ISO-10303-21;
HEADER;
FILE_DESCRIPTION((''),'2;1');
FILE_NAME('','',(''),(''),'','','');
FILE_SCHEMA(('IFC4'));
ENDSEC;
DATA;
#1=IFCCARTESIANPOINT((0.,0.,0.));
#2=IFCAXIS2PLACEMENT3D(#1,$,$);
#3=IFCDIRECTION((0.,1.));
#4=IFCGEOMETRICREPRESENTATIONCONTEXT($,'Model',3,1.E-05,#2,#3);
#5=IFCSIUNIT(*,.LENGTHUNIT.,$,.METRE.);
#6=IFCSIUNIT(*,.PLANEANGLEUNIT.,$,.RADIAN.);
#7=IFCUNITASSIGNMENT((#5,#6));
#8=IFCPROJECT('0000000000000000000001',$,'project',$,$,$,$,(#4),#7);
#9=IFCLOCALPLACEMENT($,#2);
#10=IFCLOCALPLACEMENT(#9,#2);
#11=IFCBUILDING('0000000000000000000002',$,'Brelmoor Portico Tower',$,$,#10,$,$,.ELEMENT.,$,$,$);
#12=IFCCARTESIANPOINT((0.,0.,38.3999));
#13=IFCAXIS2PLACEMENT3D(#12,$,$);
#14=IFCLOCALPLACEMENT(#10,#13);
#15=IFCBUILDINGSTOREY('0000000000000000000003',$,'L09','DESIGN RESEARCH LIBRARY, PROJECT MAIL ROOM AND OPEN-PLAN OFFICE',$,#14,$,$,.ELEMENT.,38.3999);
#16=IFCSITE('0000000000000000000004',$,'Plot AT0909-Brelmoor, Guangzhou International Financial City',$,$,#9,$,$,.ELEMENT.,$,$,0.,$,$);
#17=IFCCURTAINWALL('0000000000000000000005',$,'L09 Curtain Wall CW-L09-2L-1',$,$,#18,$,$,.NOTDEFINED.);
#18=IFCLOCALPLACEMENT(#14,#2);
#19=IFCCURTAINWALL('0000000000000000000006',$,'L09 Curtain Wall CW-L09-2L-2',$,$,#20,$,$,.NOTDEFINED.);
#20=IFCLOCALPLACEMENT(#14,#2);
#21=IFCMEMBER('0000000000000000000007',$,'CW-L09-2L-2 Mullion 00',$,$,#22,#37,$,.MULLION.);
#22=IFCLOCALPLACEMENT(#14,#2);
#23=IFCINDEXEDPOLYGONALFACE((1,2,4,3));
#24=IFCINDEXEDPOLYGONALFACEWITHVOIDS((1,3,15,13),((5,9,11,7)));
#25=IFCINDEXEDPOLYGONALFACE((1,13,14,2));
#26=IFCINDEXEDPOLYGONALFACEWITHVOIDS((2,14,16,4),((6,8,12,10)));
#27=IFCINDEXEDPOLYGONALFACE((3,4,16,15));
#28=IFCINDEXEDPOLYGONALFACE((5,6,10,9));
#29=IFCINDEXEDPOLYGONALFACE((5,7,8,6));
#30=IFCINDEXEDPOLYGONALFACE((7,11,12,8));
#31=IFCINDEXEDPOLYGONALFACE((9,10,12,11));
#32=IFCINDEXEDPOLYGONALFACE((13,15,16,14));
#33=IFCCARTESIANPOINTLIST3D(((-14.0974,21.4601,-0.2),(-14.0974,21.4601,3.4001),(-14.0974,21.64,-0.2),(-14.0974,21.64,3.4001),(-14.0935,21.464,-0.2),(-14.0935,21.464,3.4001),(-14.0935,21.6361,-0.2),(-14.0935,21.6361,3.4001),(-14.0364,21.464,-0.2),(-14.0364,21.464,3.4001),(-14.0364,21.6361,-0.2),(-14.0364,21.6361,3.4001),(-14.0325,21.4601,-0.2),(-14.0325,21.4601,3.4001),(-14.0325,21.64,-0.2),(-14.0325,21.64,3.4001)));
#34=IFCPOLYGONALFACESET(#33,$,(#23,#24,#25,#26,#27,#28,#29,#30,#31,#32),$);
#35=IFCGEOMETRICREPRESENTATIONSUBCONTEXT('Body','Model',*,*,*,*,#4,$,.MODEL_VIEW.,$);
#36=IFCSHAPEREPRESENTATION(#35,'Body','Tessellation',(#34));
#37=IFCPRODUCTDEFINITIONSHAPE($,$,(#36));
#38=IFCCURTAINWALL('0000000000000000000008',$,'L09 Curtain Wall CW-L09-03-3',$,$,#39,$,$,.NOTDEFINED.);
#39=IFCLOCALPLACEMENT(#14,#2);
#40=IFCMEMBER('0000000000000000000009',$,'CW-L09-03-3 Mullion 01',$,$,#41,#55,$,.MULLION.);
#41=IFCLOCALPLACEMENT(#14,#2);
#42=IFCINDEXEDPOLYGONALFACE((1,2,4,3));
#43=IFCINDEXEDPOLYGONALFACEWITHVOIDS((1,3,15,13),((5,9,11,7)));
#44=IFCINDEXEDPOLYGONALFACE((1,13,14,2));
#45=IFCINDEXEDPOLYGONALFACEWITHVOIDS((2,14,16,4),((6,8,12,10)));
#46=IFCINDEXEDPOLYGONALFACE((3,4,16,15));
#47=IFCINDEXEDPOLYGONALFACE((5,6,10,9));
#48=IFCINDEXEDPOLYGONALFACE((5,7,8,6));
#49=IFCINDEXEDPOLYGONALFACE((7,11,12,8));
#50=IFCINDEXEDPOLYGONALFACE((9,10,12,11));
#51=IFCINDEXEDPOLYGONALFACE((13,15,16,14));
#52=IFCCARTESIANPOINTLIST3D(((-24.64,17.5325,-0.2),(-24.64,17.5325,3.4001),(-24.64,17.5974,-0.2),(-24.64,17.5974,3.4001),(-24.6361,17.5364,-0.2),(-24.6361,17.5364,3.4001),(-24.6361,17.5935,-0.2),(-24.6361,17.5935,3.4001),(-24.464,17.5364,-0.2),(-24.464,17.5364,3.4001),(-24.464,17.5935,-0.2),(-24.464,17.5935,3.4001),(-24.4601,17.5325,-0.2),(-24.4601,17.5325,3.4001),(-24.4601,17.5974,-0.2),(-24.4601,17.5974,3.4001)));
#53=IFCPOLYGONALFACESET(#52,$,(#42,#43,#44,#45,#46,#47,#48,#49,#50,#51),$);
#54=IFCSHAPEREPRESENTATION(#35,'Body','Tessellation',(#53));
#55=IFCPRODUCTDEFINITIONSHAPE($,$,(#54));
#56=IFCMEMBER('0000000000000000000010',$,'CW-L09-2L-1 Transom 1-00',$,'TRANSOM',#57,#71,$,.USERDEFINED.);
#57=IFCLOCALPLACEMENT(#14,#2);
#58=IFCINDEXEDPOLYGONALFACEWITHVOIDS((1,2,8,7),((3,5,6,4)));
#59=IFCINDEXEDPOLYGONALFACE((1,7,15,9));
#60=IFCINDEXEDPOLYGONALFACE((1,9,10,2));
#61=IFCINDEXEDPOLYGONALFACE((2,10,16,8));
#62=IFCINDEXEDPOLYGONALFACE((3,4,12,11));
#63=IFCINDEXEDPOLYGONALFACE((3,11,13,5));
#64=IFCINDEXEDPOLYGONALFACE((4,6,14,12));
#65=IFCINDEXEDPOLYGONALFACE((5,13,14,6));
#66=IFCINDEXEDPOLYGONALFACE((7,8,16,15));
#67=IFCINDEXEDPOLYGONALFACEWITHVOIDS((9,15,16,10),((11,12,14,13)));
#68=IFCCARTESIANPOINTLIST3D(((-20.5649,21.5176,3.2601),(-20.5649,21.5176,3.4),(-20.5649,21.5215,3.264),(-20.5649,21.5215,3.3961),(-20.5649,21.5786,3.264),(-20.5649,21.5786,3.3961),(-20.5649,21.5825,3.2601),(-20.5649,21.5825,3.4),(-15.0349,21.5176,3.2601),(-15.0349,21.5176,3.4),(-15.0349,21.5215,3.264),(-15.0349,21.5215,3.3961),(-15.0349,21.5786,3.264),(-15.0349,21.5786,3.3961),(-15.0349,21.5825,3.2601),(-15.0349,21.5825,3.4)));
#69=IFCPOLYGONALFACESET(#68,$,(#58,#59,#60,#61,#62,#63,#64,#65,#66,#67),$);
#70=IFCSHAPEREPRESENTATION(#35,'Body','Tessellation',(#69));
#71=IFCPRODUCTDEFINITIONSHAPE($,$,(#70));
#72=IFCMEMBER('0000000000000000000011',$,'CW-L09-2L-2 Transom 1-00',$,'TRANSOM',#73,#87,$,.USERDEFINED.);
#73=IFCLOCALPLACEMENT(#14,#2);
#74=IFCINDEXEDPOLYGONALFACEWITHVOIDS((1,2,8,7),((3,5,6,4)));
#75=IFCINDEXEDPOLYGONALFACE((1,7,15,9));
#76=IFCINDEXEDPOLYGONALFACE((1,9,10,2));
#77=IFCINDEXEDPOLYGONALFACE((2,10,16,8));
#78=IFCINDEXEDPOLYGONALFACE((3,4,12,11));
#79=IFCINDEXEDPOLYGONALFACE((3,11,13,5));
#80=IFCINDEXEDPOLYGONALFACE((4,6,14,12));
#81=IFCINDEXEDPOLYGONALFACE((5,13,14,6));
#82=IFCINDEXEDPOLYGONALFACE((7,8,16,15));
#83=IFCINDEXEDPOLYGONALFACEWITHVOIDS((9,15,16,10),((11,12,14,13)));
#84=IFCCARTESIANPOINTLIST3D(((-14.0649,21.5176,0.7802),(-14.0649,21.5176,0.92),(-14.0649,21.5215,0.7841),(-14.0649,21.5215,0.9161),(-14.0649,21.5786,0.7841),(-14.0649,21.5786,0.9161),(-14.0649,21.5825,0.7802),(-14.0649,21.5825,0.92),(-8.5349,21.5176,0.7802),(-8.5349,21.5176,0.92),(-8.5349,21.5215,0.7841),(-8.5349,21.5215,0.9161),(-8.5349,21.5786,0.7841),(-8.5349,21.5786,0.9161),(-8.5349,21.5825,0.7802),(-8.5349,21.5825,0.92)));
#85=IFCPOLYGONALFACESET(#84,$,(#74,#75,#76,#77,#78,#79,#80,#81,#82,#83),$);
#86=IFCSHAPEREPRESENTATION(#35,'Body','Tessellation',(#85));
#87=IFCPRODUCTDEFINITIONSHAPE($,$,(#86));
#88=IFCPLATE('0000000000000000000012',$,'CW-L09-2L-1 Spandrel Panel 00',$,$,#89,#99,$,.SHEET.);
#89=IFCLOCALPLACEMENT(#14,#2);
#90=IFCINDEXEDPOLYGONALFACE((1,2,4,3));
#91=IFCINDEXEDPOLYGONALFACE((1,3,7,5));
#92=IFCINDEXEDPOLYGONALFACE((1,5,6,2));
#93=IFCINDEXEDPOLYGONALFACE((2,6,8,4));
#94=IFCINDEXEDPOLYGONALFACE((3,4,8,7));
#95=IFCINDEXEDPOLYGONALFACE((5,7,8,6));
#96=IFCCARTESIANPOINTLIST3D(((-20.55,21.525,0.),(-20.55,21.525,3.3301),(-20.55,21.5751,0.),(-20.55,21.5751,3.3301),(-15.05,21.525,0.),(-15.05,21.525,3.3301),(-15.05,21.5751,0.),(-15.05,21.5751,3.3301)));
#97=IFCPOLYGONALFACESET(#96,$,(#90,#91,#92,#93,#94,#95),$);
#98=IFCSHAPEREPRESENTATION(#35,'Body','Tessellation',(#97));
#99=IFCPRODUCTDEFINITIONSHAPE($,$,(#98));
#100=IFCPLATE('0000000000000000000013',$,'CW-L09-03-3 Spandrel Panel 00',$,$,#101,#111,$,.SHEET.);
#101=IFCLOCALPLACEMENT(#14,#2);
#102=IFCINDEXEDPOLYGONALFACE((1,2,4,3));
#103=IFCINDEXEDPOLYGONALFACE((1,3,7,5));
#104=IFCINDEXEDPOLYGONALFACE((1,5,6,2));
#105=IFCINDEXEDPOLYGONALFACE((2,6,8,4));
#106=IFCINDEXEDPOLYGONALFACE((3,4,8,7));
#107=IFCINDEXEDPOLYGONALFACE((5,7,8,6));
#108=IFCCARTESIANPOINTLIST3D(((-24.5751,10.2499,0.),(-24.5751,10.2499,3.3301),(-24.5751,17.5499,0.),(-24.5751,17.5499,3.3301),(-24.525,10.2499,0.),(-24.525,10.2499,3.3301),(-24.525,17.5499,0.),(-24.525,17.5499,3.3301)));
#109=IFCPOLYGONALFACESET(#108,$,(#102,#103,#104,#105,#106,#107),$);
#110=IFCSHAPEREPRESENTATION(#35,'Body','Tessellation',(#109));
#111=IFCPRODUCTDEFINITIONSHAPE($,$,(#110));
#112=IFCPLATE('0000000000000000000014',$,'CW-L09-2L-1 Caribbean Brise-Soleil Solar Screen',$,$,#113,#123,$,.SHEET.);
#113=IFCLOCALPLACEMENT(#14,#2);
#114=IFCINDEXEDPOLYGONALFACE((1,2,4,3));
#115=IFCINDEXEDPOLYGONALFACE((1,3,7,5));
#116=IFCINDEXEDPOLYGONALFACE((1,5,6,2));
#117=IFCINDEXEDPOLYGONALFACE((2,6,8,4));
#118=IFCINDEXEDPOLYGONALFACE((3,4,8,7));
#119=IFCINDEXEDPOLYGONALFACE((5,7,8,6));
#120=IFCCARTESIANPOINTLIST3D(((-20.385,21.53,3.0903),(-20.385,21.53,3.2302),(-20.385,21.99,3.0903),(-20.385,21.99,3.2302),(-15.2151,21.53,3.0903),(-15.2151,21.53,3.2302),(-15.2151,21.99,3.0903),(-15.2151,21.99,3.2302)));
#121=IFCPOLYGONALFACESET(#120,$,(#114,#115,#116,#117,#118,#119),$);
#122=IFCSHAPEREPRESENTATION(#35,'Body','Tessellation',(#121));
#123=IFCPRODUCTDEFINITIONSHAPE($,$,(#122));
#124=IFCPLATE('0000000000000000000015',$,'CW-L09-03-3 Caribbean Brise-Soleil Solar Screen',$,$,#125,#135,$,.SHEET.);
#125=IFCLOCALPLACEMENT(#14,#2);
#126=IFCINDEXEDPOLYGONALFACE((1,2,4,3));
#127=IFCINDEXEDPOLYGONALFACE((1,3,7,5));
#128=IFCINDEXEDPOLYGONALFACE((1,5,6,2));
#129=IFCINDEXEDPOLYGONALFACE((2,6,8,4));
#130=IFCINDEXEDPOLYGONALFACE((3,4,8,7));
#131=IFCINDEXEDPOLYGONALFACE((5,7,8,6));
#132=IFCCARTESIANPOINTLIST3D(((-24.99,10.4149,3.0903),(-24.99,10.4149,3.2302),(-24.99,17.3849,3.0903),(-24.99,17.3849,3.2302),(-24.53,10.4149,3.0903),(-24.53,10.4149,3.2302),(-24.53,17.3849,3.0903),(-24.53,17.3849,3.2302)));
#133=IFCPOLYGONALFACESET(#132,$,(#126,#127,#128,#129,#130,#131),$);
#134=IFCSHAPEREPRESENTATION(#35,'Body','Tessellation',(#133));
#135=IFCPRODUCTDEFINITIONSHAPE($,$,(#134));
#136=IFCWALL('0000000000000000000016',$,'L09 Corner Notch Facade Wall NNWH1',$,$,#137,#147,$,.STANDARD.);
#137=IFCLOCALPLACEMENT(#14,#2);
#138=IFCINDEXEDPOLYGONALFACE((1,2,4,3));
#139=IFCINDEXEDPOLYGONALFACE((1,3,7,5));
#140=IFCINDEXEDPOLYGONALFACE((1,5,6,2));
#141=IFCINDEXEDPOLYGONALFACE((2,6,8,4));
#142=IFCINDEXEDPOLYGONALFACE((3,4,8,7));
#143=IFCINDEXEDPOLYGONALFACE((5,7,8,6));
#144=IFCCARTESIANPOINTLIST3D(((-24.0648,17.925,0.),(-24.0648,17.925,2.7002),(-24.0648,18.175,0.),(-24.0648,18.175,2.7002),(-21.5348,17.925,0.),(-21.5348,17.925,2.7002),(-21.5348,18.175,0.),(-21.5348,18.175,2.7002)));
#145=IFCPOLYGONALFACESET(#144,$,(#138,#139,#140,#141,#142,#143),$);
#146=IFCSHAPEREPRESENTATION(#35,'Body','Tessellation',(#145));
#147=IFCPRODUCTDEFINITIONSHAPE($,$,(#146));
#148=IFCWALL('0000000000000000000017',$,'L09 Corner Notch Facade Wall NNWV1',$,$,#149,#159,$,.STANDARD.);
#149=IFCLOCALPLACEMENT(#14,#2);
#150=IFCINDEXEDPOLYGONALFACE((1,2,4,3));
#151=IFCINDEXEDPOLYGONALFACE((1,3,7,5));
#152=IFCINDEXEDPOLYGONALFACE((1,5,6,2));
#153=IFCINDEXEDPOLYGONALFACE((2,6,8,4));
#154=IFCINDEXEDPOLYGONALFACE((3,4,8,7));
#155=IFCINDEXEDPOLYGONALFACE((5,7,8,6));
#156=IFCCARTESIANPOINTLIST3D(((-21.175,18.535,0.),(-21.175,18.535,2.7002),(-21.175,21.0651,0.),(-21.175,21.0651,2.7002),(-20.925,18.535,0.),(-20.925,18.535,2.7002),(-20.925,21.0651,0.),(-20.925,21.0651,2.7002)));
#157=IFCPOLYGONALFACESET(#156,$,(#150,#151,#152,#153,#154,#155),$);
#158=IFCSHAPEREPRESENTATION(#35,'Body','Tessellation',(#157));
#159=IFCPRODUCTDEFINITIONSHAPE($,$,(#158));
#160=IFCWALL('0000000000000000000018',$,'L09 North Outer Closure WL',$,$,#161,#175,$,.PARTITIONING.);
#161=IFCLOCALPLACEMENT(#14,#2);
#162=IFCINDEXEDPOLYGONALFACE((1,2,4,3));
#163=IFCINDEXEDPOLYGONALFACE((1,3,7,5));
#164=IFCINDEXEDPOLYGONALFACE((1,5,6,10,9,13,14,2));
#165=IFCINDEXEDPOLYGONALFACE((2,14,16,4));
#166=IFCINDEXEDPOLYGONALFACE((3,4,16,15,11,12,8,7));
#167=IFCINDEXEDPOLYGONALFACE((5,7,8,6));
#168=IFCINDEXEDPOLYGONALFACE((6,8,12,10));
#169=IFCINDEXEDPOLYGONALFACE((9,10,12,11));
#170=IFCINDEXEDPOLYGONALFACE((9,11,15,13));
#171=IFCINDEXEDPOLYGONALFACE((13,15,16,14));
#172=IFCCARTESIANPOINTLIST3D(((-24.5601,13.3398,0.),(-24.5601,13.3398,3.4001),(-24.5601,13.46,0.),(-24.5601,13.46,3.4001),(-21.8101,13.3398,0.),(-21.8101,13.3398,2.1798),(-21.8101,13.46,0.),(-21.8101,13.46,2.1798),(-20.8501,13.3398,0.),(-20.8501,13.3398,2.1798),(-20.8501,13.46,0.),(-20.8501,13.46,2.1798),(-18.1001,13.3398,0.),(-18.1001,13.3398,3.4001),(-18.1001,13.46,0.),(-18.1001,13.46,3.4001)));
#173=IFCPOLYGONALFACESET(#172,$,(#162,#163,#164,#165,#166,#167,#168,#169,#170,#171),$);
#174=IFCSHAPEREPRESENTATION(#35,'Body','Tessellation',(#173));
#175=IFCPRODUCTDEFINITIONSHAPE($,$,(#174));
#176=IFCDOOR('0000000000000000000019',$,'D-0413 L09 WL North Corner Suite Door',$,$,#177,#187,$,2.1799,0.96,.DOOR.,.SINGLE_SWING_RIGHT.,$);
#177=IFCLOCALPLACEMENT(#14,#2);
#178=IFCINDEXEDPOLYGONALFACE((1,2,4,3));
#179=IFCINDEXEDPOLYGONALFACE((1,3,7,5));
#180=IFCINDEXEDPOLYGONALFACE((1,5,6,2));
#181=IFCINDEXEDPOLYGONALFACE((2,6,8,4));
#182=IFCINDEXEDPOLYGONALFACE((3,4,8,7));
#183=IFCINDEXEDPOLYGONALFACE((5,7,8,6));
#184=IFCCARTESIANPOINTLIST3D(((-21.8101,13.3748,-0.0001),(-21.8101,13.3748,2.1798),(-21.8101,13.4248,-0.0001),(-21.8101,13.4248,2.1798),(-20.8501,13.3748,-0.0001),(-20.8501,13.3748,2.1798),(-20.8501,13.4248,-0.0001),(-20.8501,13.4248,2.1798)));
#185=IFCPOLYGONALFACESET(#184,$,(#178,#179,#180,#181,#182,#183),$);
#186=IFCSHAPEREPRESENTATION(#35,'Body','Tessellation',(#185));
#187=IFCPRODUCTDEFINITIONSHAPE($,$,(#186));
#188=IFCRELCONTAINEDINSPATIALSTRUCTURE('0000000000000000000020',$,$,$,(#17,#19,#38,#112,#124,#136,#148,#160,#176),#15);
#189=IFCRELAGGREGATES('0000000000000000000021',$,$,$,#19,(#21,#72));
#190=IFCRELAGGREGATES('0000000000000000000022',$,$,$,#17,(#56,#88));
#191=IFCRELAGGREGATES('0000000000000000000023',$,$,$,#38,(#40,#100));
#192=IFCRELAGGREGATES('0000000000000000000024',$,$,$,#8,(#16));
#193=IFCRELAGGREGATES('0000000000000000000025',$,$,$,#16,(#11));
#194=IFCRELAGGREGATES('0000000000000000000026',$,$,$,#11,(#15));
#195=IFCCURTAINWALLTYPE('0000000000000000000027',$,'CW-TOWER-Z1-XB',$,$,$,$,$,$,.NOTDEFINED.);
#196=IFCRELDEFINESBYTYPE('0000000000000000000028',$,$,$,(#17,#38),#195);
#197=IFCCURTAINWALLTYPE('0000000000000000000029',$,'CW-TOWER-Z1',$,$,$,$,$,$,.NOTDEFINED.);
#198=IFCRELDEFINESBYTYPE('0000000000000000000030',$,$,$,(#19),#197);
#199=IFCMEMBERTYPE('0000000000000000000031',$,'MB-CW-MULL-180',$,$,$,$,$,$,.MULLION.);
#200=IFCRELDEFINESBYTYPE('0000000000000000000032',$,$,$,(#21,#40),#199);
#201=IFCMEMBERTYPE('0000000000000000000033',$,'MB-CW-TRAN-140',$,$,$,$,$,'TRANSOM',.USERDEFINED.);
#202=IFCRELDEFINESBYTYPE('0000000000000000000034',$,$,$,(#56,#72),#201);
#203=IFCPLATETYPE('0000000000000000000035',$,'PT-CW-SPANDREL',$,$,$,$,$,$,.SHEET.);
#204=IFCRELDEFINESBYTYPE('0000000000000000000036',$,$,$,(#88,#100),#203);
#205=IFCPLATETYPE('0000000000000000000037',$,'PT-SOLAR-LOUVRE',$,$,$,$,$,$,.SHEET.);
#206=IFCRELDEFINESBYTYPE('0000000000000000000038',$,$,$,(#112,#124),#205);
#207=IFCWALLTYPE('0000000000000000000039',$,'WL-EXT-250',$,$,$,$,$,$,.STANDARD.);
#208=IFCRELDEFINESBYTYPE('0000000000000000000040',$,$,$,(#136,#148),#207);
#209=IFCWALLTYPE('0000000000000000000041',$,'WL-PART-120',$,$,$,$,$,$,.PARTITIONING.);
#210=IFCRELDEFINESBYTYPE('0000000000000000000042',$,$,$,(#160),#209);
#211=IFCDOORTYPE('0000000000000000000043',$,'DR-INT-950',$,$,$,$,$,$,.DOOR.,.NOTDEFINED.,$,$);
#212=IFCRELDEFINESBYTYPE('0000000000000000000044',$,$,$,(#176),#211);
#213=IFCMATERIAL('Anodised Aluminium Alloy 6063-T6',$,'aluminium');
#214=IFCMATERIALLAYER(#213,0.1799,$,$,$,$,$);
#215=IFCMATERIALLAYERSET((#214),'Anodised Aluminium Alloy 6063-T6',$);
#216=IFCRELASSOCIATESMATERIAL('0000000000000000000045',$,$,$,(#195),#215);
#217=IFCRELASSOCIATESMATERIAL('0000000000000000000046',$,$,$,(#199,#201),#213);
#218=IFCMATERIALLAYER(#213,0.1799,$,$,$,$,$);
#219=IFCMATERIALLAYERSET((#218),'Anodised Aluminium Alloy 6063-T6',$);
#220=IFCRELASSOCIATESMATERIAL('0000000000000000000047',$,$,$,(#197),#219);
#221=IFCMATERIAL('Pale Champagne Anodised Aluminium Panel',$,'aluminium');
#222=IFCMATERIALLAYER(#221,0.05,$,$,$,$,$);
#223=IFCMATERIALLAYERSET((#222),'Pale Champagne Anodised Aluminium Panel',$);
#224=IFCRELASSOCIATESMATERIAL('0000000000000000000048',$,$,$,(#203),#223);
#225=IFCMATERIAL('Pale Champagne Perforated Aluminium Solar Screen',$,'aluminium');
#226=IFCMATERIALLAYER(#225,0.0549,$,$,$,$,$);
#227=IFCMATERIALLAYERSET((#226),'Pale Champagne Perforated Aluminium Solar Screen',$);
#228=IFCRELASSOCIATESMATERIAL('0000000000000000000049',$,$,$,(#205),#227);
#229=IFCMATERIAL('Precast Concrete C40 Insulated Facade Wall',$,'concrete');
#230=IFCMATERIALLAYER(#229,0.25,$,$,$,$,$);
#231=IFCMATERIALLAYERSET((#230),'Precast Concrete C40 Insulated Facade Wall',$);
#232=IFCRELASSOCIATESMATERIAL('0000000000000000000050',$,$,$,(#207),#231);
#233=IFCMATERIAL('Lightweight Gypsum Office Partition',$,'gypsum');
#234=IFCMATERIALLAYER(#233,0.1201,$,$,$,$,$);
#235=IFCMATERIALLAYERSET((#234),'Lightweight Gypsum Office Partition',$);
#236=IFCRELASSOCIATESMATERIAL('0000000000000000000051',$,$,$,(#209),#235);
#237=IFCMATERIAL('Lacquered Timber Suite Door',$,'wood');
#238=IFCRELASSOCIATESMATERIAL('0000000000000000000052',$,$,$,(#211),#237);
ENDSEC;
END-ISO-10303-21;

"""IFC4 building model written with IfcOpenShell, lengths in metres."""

from ifc_helpers import new_model, si_unit, direction, frame, frame_2d, origin, origin_2d, place, context, subcontext, project, spatial, rectangle, hollow_rectangle, extrude, material, layer, layer_set, material_profile, profile_set, type_object, element, fill, aggregate, save


model = new_model("IFC4")

# Units and contexts
model_context = context("Model", 3, precision=1e-05, world=origin(), true_north=direction((0.0, 1.0)))
body_context = subcontext(model_context, "Body", "Model", "MODEL_VIEW")
ifc_project = project(units=[si_unit("LENGTHUNIT", "METRE"), si_unit("PLANEANGLEUNIT", "RADIAN")], contexts=[model_context])

# Site, building, storey
site_placement = place(None, origin())
site = spatial("IfcSite", under=ifc_project, at=site_placement, Name="Plot AT0909-Brelmoor, Guangzhou International Financial City", CompositionType="ELEMENT", RefElevation=0.0)
building_placement = place(site_placement, origin())
building = spatial("IfcBuilding", under=site, at=building_placement, Name="Brelmoor Portico Tower", CompositionType="ELEMENT")
storey_placement = place(building_placement, frame((0.0, 0.0, 38.3999)))
storey = spatial("IfcBuildingStorey", under=building, at=storey_placement, Name="L09", Description="DESIGN RESEARCH LIBRARY, PROJECT MAIL ROOM AND OPEN-PLAN OFFICE", CompositionType="ELEMENT", Elevation=38.3999)

# Curtain wall
ifc_material_1 = material(Name="Anodised Aluminium Alloy 6063-T6", Category="aluminium")
ifc_layer_1 = layer(ifc_material_1, 0.1799)
ifc_layer_set_1 = layer_set([ifc_layer_1], Name="Anodised Aluminium Alloy 6063-T6")
curtain_wall_type_1 = type_object("IfcCurtainWallType", Name="CW-TOWER-Z1-XB", PredefinedType="NOTDEFINED", material=ifc_layer_set_1)
curtain_wall_1_placement = place(storey_placement, origin())
curtain_wall_1 = element("IfcCurtainWall", 1, at=curtain_wall_1_placement, inside=storey, type_object=curtain_wall_type_1, Name="L09 Curtain Wall CW-L09-2L-1", PredefinedType="NOTDEFINED")
ifc_material_profile_1 = material_profile(ifc_material_1, hollow_rectangle(XDim=0.0649, YDim=0.1799, WallThickness=0.0039, at=origin_2d()), Name="ALU MULLION 65x180")
ifc_profile_set_1 = profile_set([ifc_material_profile_1], Name="Anodised Aluminium Alloy 6063-T6")
member_type_1 = type_object("IfcMemberType", Name="MB-CW-MULL-180", PredefinedType="MULLION", material=ifc_profile_set_1)

# Curtain walls, members
ifc_layer_2 = layer(ifc_material_1, 0.1799)
ifc_layer_set_2 = layer_set([ifc_layer_2], Name="Anodised Aluminium Alloy 6063-T6")
curtain_wall_type_2 = type_object("IfcCurtainWallType", Name="CW-TOWER-Z1", PredefinedType="NOTDEFINED", material=ifc_layer_set_2)
curtain_wall_2_placement = place(storey_placement, origin())
curtain_wall_2 = element("IfcCurtainWall", 2, at=curtain_wall_2_placement, inside=storey, type_object=curtain_wall_type_2, Name="L09 Curtain Wall CW-L09-2L-2", PredefinedType="NOTDEFINED")
member_1_placement = place(storey_placement, frame((-14.0649, 21.55, -0.2), z_axis=(0.0, 0.0, 1.0), x_axis=(1.0, 0.0, 0.0)))
member_1 = element("IfcMember", 3, at=member_1_placement, type_object=member_type_1, Name="CW-L09-2L-2 Mullion 00", PredefinedType="MULLION", context=body_context, shape_type="SweptSolid", body=[
    extrude(hollow_rectangle(XDim=0.0649, YDim=0.1799, WallThickness=0.0039, at=origin_2d()), origin(), (0.0, 0.0, 1.0), 3.6001),
])
curtain_wall_3_placement = place(storey_placement, origin())
curtain_wall_3 = element("IfcCurtainWall", 4, at=curtain_wall_3_placement, inside=storey, type_object=curtain_wall_type_1, Name="L09 Curtain Wall CW-L09-03-3", PredefinedType="NOTDEFINED")
member_2_placement = place(storey_placement, frame((-24.55, 17.5649, -0.2), z_axis=(0.0, 0.0, 1.0), x_axis=(0.0, 1.0, 0.0)))
member_2 = element("IfcMember", 5, at=member_2_placement, type_object=member_type_1, Name="CW-L09-03-3 Mullion 01", PredefinedType="MULLION", context=body_context, shape_type="SweptSolid", body=[
    extrude(hollow_rectangle(XDim=0.0649, YDim=0.1799, WallThickness=0.0039, at=origin_2d()), origin(), (0.0, 0.0, 1.0), 3.6001),
])

# Members
ifc_material_profile_2 = material_profile(ifc_material_1, hollow_rectangle(XDim=0.0649, YDim=0.1399, WallThickness=0.0039, at=origin_2d()), Name="ALU TRANSOM 65x140")
ifc_profile_set_2 = profile_set([ifc_material_profile_2], Name="Anodised Aluminium Alloy 6063-T6")
member_type_2 = type_object("IfcMemberType", Name="MB-CW-TRAN-140", ElementType="TRANSOM", PredefinedType="USERDEFINED", material=ifc_profile_set_2)
member_3_placement = place(storey_placement, frame((-20.5649, 21.55, 3.3301), z_axis=(1.0, 0.0, 0.0), x_axis=(0.0, 1.0, 0.0)))
member_3 = element("IfcMember", 6, at=member_3_placement, type_object=member_type_2, Name="CW-L09-2L-1 Transom 1-00", ObjectType="TRANSOM", PredefinedType="USERDEFINED", context=body_context, shape_type="SweptSolid", body=[
    extrude(hollow_rectangle(XDim=0.0649, YDim=0.1399, WallThickness=0.0039, at=origin_2d()), origin(), (0.0, 0.0, 1.0), 5.53),
])
member_4_placement = place(storey_placement, frame((-14.0649, 21.55, 0.8501), z_axis=(1.0, 0.0, 0.0), x_axis=(0.0, 1.0, 0.0)))
member_4 = element("IfcMember", 7, at=member_4_placement, type_object=member_type_2, Name="CW-L09-2L-2 Transom 1-00", ObjectType="TRANSOM", PredefinedType="USERDEFINED", context=body_context, shape_type="SweptSolid", body=[
    extrude(hollow_rectangle(XDim=0.0649, YDim=0.1399, WallThickness=0.0039, at=origin_2d()), origin(), (0.0, 0.0, 1.0), 5.53),
])
aggregate(curtain_wall_2, [member_1, member_4])

# Plates
ifc_material_2 = material(Name="Pale Champagne Anodised Aluminium Panel", Category="aluminium")
ifc_layer_3 = layer(ifc_material_2, 0.05)
ifc_layer_set_3 = layer_set([ifc_layer_3], Name="Pale Champagne Anodised Aluminium Panel")
plate_type_1 = type_object("IfcPlateType", Name="PT-CW-SPANDREL", PredefinedType="SHEET", material=ifc_layer_set_3)
plate_1_placement = place(storey_placement, frame((-17.8, 21.55, 0.0), z_axis=(0.0, 0.0, 1.0), x_axis=(1.0, 0.0, 0.0)))
plate_1 = element("IfcPlate", 8, at=plate_1_placement, type_object=plate_type_1, Name="CW-L09-2L-1 Spandrel Panel 00", PredefinedType="SHEET", context=body_context, shape_type="SweptSolid", body=[
    extrude(rectangle(XDim=5.5, YDim=0.05, at=origin_2d()), origin(), (0.0, 0.0, 1.0), 3.3301),
])
aggregate(curtain_wall_1, [member_3, plate_1])
plate_2_placement = place(storey_placement, frame((-24.55, 13.8999, 0.0), z_axis=(0.0, 0.0, 1.0), x_axis=(0.0, 1.0, 0.0)))
plate_2 = element("IfcPlate", 9, at=plate_2_placement, type_object=plate_type_1, Name="CW-L09-03-3 Spandrel Panel 00", PredefinedType="SHEET", context=body_context, shape_type="SweptSolid", body=[
    extrude(rectangle(XDim=7.3, YDim=0.05, at=origin_2d()), origin(), (0.0, 0.0, 1.0), 3.3301),
])
aggregate(curtain_wall_3, [member_2, plate_2])

# Plates
ifc_material_3 = material(Name="Pale Champagne Perforated Aluminium Solar Screen", Category="aluminium")
ifc_layer_4 = layer(ifc_material_3, 0.0549)
ifc_layer_set_4 = layer_set([ifc_layer_4], Name="Pale Champagne Perforated Aluminium Solar Screen")
plate_type_2 = type_object("IfcPlateType", Name="PT-SOLAR-LOUVRE", PredefinedType="SHEET", material=ifc_layer_set_4)
plate_3_placement = place(storey_placement, frame((-17.8, 21.76, 3.0903), z_axis=(0.0, 0.0, 1.0), x_axis=(1.0, 0.0, 0.0)))
element("IfcPlate", 10, at=plate_3_placement, inside=storey, type_object=plate_type_2, Name="CW-L09-2L-1 Caribbean Brise-Soleil Solar Screen", PredefinedType="SHEET", context=body_context, shape_type="SweptSolid", body=[
    extrude(rectangle(XDim=5.1699, YDim=0.46, at=origin_2d()), origin(), (0.0, 0.0, 1.0), 0.1399),
])
plate_4_placement = place(storey_placement, frame((-24.76, 13.8999, 3.0903), z_axis=(0.0, 0.0, 1.0), x_axis=(0.0, 1.0, 0.0)))
element("IfcPlate", 11, at=plate_4_placement, inside=storey, type_object=plate_type_2, Name="CW-L09-03-3 Caribbean Brise-Soleil Solar Screen", PredefinedType="SHEET", context=body_context, shape_type="SweptSolid", body=[
    extrude(rectangle(XDim=6.97, YDim=0.46, at=origin_2d()), origin(), (0.0, 0.0, 1.0), 0.1399),
])

# Walls
ifc_material_4 = material(Name="Precast Concrete C40 Insulated Facade Wall", Category="concrete")
ifc_layer_5 = layer(ifc_material_4, 0.25)
ifc_layer_set_5 = layer_set([ifc_layer_5], Name="Precast Concrete C40 Insulated Facade Wall")
wall_type_1 = type_object("IfcWallType", Name="WL-EXT-250", PredefinedType="STANDARD", material=ifc_layer_set_5)
for number, where, z_axis, x_axis, name in (
    (12, (-24.0649, 18.05, 0.0), (0.0, 0.0, 1.0), (1.0, 0.0, 0.0), "L09 Corner Notch Facade Wall NNWH1"),
    (13, (-21.05, 18.5349, 0.0), (0.0, 0.0, 1.0), (0.0, 1.0, 0.0), "L09 Corner Notch Facade Wall NNWV1"),
):
    element("IfcWall", number, at=place(storey_placement, frame(where, z_axis=z_axis, x_axis=x_axis)), inside=storey, type_object=wall_type_1, Name=name, PredefinedType="STANDARD", context=body_context, shape_type="SweptSolid", body=[
        extrude(rectangle(XDim=2.53, YDim=0.25, at=frame_2d((1.2651, 0.0))), origin(), (0.0, 0.0, 1.0), 2.7002),
    ])

# Wall, opening, door
ifc_material_5 = material(Name="Lightweight Gypsum Office Partition", Category="gypsum")
ifc_layer_6 = layer(ifc_material_5, 0.1201)
ifc_layer_set_6 = layer_set([ifc_layer_6], Name="Lightweight Gypsum Office Partition")
wall_type_2 = type_object("IfcWallType", Name="WL-PART-120", PredefinedType="PARTITIONING", material=ifc_layer_set_6)
wall_1_placement = place(storey_placement, frame((-24.5601, 13.3999, 0.0), z_axis=(0.0, 0.0, 1.0), x_axis=(1.0, 0.0, 0.0)))
wall_1 = element("IfcWall", 14, at=wall_1_placement, inside=storey, type_object=wall_type_2, Name="L09 North Outer Closure WL", PredefinedType="PARTITIONING", context=body_context, shape_type="SweptSolid", body=[
    extrude(rectangle(XDim=6.46, YDim=0.1201, at=frame_2d((3.23, 0.0))), origin(), (0.0, 0.0, 1.0), 3.4001),
])
opening_1_placement = place(wall_1_placement, frame((2.75, 0.0, 0.0)))
opening_1 = element("IfcOpeningElement", 15, at=opening_1_placement, cuts=wall_1, PredefinedType="OPENING", context=body_context, shape_type="SweptSolid", body=[
    extrude(rectangle(XDim=0.96, YDim=2.1799, at=frame_2d((0.48, 1.0898))), frame((0.0, 0.0701, 0.0), z_axis=(0.0, -1.0, 0.0), x_axis=(1.0, 0.0, 0.0)), (0.0, 0.0, 1.0), 0.1401),
])
ifc_material_6 = material(Name="Lacquered Timber Suite Door", Category="wood")
door_type_1 = type_object("IfcDoorType", Name="DR-INT-950", OperationType="NOTDEFINED", PredefinedType="DOOR", material=ifc_material_6)
door_1_placement = place(opening_1_placement, origin())
door_1 = element("IfcDoor", 16, at=door_1_placement, inside=storey, type_object=door_type_1, Name="D-0413 L09 WL North Corner Suite Door", OperationType="SINGLE_SWING_RIGHT", OverallHeight=2.1799, OverallWidth=0.96, PredefinedType="DOOR", context=body_context, shape_type="SweptSolid", body=[
    extrude(rectangle(XDim=0.96, YDim=2.1799, at=frame_2d((0.48, 1.0898))), frame((0.0, 0.0249, 0.0), z_axis=(0.0, -1.0, 0.0), x_axis=(1.0, 0.0, 0.0)), (0.0, 0.0, 1.0), 0.05),
])
fill(opening_1, door_1)

save(model, "model.ifc")
